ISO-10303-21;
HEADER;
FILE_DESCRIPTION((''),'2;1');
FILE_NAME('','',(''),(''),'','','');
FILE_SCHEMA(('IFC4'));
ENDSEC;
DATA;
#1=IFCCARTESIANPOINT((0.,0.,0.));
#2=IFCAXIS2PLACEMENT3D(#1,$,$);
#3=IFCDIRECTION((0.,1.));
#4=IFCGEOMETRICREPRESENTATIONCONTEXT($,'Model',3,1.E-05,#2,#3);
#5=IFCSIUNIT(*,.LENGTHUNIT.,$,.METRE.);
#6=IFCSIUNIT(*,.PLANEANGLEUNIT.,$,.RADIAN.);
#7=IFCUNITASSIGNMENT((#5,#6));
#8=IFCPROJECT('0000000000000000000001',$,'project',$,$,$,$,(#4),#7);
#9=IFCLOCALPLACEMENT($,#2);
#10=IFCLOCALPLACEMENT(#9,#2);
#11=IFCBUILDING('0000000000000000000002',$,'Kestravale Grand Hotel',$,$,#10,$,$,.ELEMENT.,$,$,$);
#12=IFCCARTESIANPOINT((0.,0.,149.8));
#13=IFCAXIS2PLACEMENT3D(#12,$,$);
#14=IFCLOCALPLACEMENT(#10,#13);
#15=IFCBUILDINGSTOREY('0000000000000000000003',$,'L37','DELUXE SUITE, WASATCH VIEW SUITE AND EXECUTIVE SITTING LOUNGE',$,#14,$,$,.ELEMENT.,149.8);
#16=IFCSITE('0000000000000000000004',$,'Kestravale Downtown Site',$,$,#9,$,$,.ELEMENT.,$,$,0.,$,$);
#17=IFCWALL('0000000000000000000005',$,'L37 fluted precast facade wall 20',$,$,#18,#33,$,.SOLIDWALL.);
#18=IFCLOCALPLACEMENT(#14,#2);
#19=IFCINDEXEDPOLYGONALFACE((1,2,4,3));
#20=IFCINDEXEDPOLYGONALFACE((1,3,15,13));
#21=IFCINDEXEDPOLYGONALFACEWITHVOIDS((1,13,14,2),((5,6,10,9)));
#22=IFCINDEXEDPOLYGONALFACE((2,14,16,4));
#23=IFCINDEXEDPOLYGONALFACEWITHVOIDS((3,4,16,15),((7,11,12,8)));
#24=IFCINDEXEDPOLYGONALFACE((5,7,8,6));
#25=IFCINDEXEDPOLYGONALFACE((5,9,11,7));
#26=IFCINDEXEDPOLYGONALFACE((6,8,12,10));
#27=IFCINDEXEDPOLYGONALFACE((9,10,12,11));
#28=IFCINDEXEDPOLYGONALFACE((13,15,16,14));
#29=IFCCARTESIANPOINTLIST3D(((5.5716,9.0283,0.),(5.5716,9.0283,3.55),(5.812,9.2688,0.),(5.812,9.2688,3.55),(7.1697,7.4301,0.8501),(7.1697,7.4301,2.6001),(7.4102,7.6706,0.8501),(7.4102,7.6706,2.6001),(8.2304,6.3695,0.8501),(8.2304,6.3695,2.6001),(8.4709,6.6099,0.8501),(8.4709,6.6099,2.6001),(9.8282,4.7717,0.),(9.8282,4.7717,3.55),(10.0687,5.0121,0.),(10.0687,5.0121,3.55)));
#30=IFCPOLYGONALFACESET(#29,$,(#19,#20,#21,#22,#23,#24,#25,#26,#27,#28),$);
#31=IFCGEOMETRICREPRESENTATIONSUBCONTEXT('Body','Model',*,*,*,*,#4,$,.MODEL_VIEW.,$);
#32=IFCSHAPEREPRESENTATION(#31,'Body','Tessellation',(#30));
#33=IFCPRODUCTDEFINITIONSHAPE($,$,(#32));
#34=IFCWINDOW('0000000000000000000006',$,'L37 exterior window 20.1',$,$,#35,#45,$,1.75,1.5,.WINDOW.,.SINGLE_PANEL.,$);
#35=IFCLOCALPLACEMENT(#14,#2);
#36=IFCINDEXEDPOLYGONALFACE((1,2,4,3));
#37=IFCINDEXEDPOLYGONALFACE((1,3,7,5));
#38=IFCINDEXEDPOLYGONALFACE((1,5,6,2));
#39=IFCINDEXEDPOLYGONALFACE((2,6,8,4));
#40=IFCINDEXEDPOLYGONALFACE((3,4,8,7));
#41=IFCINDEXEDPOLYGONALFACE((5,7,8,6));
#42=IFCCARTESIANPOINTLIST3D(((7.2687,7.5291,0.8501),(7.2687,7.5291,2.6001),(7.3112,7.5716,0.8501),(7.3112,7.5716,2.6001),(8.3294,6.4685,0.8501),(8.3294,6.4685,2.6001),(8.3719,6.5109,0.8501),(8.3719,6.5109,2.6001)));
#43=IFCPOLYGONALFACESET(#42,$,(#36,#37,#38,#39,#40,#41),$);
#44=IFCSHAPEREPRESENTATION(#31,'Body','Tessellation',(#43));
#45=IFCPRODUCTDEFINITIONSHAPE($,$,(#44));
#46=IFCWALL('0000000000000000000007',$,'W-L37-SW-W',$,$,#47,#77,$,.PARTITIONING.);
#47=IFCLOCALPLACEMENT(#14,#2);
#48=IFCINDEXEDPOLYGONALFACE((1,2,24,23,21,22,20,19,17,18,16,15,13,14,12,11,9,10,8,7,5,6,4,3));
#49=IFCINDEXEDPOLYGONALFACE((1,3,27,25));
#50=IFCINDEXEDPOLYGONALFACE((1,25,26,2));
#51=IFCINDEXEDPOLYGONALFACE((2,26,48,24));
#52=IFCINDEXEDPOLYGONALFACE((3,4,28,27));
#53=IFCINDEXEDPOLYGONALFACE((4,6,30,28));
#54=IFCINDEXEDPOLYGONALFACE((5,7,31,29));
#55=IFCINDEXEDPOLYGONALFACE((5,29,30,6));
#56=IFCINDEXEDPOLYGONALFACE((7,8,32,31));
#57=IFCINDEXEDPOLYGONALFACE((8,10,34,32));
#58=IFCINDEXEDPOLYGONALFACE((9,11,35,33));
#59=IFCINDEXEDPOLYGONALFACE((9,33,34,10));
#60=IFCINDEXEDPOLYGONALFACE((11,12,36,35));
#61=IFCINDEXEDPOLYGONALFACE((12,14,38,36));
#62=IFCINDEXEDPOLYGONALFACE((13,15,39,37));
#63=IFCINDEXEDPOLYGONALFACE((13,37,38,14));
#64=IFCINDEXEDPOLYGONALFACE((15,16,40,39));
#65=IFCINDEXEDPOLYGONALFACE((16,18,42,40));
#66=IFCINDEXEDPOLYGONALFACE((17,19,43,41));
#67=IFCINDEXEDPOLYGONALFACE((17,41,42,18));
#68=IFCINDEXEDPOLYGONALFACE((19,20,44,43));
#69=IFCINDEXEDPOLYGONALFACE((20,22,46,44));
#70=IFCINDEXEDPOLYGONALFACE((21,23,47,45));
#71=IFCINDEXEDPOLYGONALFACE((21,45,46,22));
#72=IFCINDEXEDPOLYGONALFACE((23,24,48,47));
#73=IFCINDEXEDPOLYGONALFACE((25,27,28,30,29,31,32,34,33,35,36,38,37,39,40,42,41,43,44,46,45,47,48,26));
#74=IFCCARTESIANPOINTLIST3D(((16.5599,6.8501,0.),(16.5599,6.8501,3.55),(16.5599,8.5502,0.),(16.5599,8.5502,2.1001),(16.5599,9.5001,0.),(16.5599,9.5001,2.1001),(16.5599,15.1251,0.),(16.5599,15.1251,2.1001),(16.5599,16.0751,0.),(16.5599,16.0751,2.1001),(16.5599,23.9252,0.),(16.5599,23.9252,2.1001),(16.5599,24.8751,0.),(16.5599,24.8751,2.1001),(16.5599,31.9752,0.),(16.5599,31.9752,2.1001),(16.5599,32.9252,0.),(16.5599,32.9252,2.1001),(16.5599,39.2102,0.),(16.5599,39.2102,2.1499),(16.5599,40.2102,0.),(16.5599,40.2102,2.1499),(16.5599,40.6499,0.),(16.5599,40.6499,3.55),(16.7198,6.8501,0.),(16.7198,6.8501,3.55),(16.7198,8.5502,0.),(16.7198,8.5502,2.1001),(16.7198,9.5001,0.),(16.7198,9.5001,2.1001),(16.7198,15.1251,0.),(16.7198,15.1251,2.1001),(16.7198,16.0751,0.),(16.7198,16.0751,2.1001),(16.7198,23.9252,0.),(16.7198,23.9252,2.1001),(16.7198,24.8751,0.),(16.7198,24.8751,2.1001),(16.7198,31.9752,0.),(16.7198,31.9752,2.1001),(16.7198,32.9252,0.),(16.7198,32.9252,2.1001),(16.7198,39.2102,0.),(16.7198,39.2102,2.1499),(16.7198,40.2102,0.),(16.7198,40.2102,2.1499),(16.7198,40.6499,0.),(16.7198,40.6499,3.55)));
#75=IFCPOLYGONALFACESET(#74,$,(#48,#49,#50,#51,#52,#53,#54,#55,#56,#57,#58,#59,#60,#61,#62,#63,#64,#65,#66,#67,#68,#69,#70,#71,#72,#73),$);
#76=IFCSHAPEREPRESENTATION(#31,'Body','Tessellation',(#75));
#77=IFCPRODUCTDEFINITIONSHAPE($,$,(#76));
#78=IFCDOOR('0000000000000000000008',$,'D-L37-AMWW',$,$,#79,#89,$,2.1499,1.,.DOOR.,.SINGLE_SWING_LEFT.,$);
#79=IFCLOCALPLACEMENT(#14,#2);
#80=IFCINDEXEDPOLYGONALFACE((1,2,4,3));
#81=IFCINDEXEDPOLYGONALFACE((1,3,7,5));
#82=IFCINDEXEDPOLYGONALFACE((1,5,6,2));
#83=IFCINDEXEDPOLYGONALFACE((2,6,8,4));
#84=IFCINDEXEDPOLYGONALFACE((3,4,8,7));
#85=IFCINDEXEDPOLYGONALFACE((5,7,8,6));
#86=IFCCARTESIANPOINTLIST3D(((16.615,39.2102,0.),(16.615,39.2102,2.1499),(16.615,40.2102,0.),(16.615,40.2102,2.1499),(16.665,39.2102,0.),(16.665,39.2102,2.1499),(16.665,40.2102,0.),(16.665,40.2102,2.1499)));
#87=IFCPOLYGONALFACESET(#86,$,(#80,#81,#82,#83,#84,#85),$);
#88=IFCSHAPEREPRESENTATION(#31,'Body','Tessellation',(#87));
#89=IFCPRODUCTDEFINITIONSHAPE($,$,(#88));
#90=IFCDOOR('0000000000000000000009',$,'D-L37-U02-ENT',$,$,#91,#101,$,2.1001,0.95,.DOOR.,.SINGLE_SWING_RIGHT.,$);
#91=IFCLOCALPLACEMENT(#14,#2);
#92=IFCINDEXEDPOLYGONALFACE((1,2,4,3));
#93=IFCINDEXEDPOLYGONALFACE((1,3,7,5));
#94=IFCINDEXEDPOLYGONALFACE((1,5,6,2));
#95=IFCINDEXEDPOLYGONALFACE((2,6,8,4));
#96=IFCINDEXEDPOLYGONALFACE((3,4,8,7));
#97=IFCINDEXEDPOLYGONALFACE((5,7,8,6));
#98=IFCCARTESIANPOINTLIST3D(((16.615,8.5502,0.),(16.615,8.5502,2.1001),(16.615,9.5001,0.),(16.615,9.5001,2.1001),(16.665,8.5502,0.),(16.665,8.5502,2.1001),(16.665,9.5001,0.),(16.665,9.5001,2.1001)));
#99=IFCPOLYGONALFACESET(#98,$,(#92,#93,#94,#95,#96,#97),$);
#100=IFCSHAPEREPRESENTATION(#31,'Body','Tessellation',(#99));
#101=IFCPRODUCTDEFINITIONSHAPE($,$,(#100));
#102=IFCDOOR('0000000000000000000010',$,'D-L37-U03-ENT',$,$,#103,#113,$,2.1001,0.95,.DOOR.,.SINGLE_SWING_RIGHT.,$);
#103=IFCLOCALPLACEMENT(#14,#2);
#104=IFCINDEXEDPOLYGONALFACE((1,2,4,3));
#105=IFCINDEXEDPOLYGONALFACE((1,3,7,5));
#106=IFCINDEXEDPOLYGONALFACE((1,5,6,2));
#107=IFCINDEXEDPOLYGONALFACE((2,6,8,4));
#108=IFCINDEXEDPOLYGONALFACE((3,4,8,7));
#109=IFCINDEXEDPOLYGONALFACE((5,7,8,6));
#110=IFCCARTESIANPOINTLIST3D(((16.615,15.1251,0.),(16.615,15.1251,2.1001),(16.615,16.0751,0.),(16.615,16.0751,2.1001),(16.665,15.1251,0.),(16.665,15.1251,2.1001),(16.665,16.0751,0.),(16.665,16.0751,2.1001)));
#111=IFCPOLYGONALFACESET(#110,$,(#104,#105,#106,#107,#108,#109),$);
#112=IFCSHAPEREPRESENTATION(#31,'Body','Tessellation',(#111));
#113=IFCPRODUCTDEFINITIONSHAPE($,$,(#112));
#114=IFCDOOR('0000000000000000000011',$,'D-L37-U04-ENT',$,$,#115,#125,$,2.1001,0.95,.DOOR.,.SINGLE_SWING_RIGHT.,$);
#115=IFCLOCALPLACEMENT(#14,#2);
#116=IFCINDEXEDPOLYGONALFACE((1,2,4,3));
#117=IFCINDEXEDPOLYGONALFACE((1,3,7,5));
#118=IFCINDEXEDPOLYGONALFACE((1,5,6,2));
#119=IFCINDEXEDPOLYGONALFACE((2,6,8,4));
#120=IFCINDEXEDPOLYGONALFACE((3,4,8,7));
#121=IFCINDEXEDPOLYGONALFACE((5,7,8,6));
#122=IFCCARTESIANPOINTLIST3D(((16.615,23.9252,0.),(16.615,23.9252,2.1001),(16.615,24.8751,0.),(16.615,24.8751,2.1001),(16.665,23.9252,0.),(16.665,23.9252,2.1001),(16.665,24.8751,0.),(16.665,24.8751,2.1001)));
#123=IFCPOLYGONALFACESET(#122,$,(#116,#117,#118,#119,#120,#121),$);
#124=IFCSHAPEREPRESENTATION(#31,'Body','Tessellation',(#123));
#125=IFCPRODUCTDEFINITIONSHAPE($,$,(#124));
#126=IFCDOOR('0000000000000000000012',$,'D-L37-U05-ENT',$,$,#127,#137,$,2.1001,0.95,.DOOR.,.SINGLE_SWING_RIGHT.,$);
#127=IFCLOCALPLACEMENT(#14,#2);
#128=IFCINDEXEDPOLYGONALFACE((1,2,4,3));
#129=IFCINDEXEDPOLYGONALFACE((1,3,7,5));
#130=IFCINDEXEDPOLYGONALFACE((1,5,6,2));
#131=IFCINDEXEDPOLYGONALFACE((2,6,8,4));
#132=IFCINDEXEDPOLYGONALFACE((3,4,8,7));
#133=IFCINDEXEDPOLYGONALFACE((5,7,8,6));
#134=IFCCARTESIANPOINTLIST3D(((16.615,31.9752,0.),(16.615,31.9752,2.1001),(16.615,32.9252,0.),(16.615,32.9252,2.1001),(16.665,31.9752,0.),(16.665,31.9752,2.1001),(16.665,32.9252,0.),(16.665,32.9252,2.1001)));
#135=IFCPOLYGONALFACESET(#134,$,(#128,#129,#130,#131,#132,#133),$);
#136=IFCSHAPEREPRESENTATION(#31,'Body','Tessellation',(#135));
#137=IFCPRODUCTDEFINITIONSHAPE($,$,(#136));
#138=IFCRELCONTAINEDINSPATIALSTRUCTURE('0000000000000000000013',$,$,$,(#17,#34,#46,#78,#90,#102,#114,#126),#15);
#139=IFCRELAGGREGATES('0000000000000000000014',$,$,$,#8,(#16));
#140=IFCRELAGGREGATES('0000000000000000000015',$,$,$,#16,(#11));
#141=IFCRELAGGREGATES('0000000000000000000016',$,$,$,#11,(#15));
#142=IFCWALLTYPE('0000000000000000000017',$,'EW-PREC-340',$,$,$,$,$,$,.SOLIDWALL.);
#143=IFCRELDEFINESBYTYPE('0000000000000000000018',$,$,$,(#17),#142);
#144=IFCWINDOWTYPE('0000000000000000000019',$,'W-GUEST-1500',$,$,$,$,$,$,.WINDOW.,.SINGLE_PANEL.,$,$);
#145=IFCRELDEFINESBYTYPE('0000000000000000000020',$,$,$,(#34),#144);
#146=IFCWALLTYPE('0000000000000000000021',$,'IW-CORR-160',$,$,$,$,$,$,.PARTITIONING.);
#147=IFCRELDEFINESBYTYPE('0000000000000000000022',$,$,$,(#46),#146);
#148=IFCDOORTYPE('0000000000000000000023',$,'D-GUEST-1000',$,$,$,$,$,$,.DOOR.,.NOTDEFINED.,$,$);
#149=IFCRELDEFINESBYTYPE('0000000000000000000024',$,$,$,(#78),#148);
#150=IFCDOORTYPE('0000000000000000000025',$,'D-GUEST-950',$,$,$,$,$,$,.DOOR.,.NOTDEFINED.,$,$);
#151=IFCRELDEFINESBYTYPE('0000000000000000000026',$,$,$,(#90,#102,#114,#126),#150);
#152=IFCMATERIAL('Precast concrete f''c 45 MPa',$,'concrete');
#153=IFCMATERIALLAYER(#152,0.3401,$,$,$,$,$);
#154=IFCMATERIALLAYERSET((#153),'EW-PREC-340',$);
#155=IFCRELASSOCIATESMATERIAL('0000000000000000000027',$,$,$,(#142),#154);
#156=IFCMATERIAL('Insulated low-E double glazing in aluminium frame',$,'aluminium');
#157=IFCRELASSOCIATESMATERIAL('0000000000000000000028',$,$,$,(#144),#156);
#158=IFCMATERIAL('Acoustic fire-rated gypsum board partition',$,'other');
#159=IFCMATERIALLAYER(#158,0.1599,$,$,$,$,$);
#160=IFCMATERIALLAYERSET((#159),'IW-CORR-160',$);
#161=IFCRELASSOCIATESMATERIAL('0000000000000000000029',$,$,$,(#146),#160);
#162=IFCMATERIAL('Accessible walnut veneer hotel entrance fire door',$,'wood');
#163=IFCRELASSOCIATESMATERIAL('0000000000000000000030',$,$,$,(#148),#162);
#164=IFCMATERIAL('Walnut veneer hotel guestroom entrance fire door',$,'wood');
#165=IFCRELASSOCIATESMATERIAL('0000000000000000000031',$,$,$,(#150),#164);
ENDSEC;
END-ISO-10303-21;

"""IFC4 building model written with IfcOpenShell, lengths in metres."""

from ifc_helpers import new_model, si_unit, direction, frame, frame_2d, origin, place, context, subcontext, project, spatial, rectangle, extrude, material, layer, layer_set, type_object, element, fill, save


model = new_model("IFC4")

# Units and contexts
model_context = context("Model", 3, precision=1e-05, world=origin(), true_north=direction((0.0, 1.0)))
body_context = subcontext(model_context, "Body", "Model", "MODEL_VIEW")
ifc_project = project(units=[si_unit("LENGTHUNIT", "METRE"), si_unit("PLANEANGLEUNIT", "RADIAN")], contexts=[model_context])

# Site, building, storey
site_placement = place(None, origin())
site = spatial("IfcSite", under=ifc_project, at=site_placement, Name="Kestravale Downtown Site", CompositionType="ELEMENT", RefElevation=0.0)
building_placement = place(site_placement, origin())
building = spatial("IfcBuilding", under=site, at=building_placement, Name="Kestravale Grand Hotel", CompositionType="ELEMENT")
storey_placement = place(building_placement, frame((0.0, 0.0, 149.8)))
storey = spatial("IfcBuildingStorey", under=building, at=storey_placement, Name="L37", Description="DELUXE SUITE, WASATCH VIEW SUITE AND EXECUTIVE SITTING LOUNGE", CompositionType="ELEMENT", Elevation=149.8)

# Shared definitions
ifc_material_1 = material(Name="Precast concrete f'c 45 MPa", Category="concrete")
ifc_layer_1 = layer(ifc_material_1, 0.3401)
ifc_layer_set_1 = layer_set([ifc_layer_1], Name="EW-PREC-340")
wall_type_1 = type_object("IfcWallType", Name="EW-PREC-340", PredefinedType="SOLIDWALL", material=ifc_layer_set_1)
ifc_material_2 = material(Name="Insulated low-E double glazing in aluminium frame", Category="aluminium")
window_type = type_object("IfcWindowType", Name="W-GUEST-1500", PartitioningType="SINGLE_PANEL", PredefinedType="WINDOW", material=ifc_material_2)

# Wall, opening, window
wall_1_placement = place(storey_placement, frame((5.6919, 9.1484, 0.0), z_axis=(0.0, 0.0, 1.0), x_axis=(0.707107, -0.707107, 0.0)))
wall_1 = element("IfcWall", 1, at=wall_1_placement, inside=storey, type_object=wall_type_1, Name="L37 fluted precast facade wall 20", PredefinedType="SOLIDWALL", context=body_context, shape_type="SweptSolid", body=[
    extrude(rectangle(XDim=6.0198, YDim=0.3401, at=frame_2d((3.0098, 0.0))), origin(), (0.0, 0.0, 1.0), 3.55),
])
opening_1_placement = place(wall_1_placement, frame((2.26, 0.0, 0.8501)))
opening_1 = element("IfcOpeningElement", 2, at=opening_1_placement, cuts=wall_1, PredefinedType="OPENING", context=body_context, shape_type="SweptSolid", body=[
    extrude(rectangle(XDim=1.5, YDim=1.75, at=frame_2d((0.75, 0.875))), frame((0.0, 0.1799, 0.0), z_axis=(0.0, -1.0, 0.0), x_axis=(1.0, 0.0, 0.0)), (0.0, 0.0, 1.0), 0.3601),
])
window_1_placement = place(opening_1_placement, origin())
window_1 = element("IfcWindow", 3, at=window_1_placement, inside=storey, type_object=window_type, Name="L37 exterior window 20.1", OverallHeight=1.75, OverallWidth=1.5, PartitioningType="SINGLE_PANEL", PredefinedType="WINDOW", context=body_context, shape_type="SweptSolid", body=[
    extrude(rectangle(XDim=1.5, YDim=1.75, at=frame_2d((0.75, 0.875))), frame((0.0, 0.03, 0.0), z_axis=(0.0, -1.0, 0.0), x_axis=(1.0, 0.0, 0.0)), (0.0, 0.0, 1.0), 0.0601),
])
fill(opening_1, window_1)

# Wall, openings, doors
ifc_material_3 = material(Name="Acoustic fire-rated gypsum board partition", Category="other")
ifc_layer_2 = layer(ifc_material_3, 0.1599)
ifc_layer_set_2 = layer_set([ifc_layer_2], Name="IW-CORR-160")
wall_type_2 = type_object("IfcWallType", Name="IW-CORR-160", PredefinedType="PARTITIONING", material=ifc_layer_set_2)
wall_2_placement = place(storey_placement, frame((16.6399, 6.8501, 0.0), z_axis=(0.0, 0.0, 1.0), x_axis=(0.0, 1.0, 0.0)))
wall_2 = element("IfcWall", 4, at=wall_2_placement, inside=storey, type_object=wall_type_2, Name="W-L37-SW-W", PredefinedType="PARTITIONING", context=body_context, shape_type="SweptSolid", body=[
    extrude(rectangle(XDim=33.7998, YDim=0.1599, at=frame_2d((16.8999, 0.0))), origin(), (0.0, 0.0, 1.0), 3.55),
])
opening_2_placement = place(wall_2_placement, frame((1.7, 0.0, 0.0)))
opening_2 = element("IfcOpeningElement", 5, at=opening_2_placement, cuts=wall_2, PredefinedType="OPENING", context=body_context, shape_type="SweptSolid", body=[
    extrude(rectangle(XDim=0.95, YDim=2.1001, at=frame_2d((0.4751, 1.05))), frame((0.0, 0.0898, 0.0), z_axis=(0.0, -1.0, 0.0), x_axis=(1.0, 0.0, 0.0)), (0.0, 0.0, 1.0), 0.1799),
])
opening_3_placement = place(wall_2_placement, frame((8.2749, 0.0, 0.0)))
opening_3 = element("IfcOpeningElement", 6, at=opening_3_placement, cuts=wall_2, PredefinedType="OPENING", context=body_context, shape_type="SweptSolid", body=[
    extrude(rectangle(XDim=0.95, YDim=2.1001, at=frame_2d((0.4751, 1.05))), frame((0.0, 0.0898, 0.0), z_axis=(0.0, -1.0, 0.0), x_axis=(1.0, 0.0, 0.0)), (0.0, 0.0, 1.0), 0.1799),
])
opening_4_placement = place(wall_2_placement, frame((17.075, 0.0, 0.0)))
opening_4 = element("IfcOpeningElement", 7, at=opening_4_placement, cuts=wall_2, PredefinedType="OPENING", context=body_context, shape_type="SweptSolid", body=[
    extrude(rectangle(XDim=0.95, YDim=2.1001, at=frame_2d((0.4751, 1.05))), frame((0.0, 0.0898, 0.0), z_axis=(0.0, -1.0, 0.0), x_axis=(1.0, 0.0, 0.0)), (0.0, 0.0, 1.0), 0.1799),
])
opening_5_placement = place(wall_2_placement, frame((25.125, 0.0, 0.0)))
opening_5 = element("IfcOpeningElement", 8, at=opening_5_placement, cuts=wall_2, PredefinedType="OPENING", context=body_context, shape_type="SweptSolid", body=[
    extrude(rectangle(XDim=0.95, YDim=2.1001, at=frame_2d((0.4751, 1.05))), frame((0.0, 0.0898, 0.0), z_axis=(0.0, -1.0, 0.0), x_axis=(1.0, 0.0, 0.0)), (0.0, 0.0, 1.0), 0.1799),
])
opening_6_placement = place(wall_2_placement, frame((32.3601, 0.0, 0.0)))
opening_6 = element("IfcOpeningElement", 9, at=opening_6_placement, cuts=wall_2, PredefinedType="OPENING", context=body_context, shape_type="SweptSolid", body=[
    extrude(rectangle(XDim=1.0, YDim=2.1499, at=frame_2d((0.5, 1.075))), frame((0.0, 0.0898, 0.0), z_axis=(0.0, -1.0, 0.0), x_axis=(1.0, 0.0, 0.0)), (0.0, 0.0, 1.0), 0.1799),
])
ifc_material_4 = material(Name="Accessible walnut veneer hotel entrance fire door", Category="wood")
door_type_1 = type_object("IfcDoorType", Name="D-GUEST-1000", OperationType="NOTDEFINED", PredefinedType="DOOR", material=ifc_material_4)
door_1_placement = place(opening_6_placement, origin())
door_1 = element("IfcDoor", 10, at=door_1_placement, inside=storey, type_object=door_type_1, Name="D-L37-AMWW", OperationType="SINGLE_SWING_LEFT", OverallHeight=2.1499, OverallWidth=1.0, PredefinedType="DOOR", context=body_context, shape_type="SweptSolid", body=[
    extrude(rectangle(XDim=1.0, YDim=2.1499, at=frame_2d((0.5, 1.075))), frame((0.0, 0.0249, 0.0), z_axis=(0.0, -1.0, 0.0), x_axis=(1.0, 0.0, 0.0)), (0.0, 0.0, 1.0), 0.05),
])
fill(opening_6, door_1)
ifc_material_5 = material(Name="Walnut veneer hotel guestroom entrance fire door", Category="wood")
door_type_2 = type_object("IfcDoorType", Name="D-GUEST-950", OperationType="NOTDEFINED", PredefinedType="DOOR", material=ifc_material_5)
door_2_placement = place(opening_2_placement, origin())
door_2 = element("IfcDoor", 11, at=door_2_placement, inside=storey, type_object=door_type_2, Name="D-L37-U02-ENT", OperationType="SINGLE_SWING_RIGHT", OverallHeight=2.1001, OverallWidth=0.95, PredefinedType="DOOR", context=body_context, shape_type="SweptSolid", body=[
    extrude(rectangle(XDim=0.95, YDim=2.1001, at=frame_2d((0.4751, 1.05))), frame((0.0, 0.0249, 0.0), z_axis=(0.0, -1.0, 0.0), x_axis=(1.0, 0.0, 0.0)), (0.0, 0.0, 1.0), 0.05),
])
fill(opening_2, door_2)
door_3_placement = place(opening_3_placement, origin())
door_3 = element("IfcDoor", 12, at=door_3_placement, inside=storey, type_object=door_type_2, Name="D-L37-U03-ENT", OperationType="SINGLE_SWING_RIGHT", OverallHeight=2.1001, OverallWidth=0.95, PredefinedType="DOOR", context=body_context, shape_type="SweptSolid", body=[
    extrude(rectangle(XDim=0.95, YDim=2.1001, at=frame_2d((0.4751, 1.05))), frame((0.0, 0.0249, 0.0), z_axis=(0.0, -1.0, 0.0), x_axis=(1.0, 0.0, 0.0)), (0.0, 0.0, 1.0), 0.05),
])
fill(opening_3, door_3)
door_4_placement = place(opening_4_placement, origin())
door_4 = element("IfcDoor", 13, at=door_4_placement, inside=storey, type_object=door_type_2, Name="D-L37-U04-ENT", OperationType="SINGLE_SWING_RIGHT", OverallHeight=2.1001, OverallWidth=0.95, PredefinedType="DOOR", context=body_context, shape_type="SweptSolid", body=[
    extrude(rectangle(XDim=0.95, YDim=2.1001, at=frame_2d((0.4751, 1.05))), frame((0.0, 0.0249, 0.0), z_axis=(0.0, -1.0, 0.0), x_axis=(1.0, 0.0, 0.0)), (0.0, 0.0, 1.0), 0.05),
])
fill(opening_4, door_4)
door_5_placement = place(opening_5_placement, origin())
door_5 = element("IfcDoor", 14, at=door_5_placement, inside=storey, type_object=door_type_2, Name="D-L37-U05-ENT", OperationType="SINGLE_SWING_RIGHT", OverallHeight=2.1001, OverallWidth=0.95, PredefinedType="DOOR", context=body_context, shape_type="SweptSolid", body=[
    extrude(rectangle(XDim=0.95, YDim=2.1001, at=frame_2d((0.4751, 1.05))), frame((0.0, 0.0249, 0.0), z_axis=(0.0, -1.0, 0.0), x_axis=(1.0, 0.0, 0.0)), (0.0, 0.0, 1.0), 0.05),
])
fill(opening_5, door_5)

save(model, "model.ifc")
